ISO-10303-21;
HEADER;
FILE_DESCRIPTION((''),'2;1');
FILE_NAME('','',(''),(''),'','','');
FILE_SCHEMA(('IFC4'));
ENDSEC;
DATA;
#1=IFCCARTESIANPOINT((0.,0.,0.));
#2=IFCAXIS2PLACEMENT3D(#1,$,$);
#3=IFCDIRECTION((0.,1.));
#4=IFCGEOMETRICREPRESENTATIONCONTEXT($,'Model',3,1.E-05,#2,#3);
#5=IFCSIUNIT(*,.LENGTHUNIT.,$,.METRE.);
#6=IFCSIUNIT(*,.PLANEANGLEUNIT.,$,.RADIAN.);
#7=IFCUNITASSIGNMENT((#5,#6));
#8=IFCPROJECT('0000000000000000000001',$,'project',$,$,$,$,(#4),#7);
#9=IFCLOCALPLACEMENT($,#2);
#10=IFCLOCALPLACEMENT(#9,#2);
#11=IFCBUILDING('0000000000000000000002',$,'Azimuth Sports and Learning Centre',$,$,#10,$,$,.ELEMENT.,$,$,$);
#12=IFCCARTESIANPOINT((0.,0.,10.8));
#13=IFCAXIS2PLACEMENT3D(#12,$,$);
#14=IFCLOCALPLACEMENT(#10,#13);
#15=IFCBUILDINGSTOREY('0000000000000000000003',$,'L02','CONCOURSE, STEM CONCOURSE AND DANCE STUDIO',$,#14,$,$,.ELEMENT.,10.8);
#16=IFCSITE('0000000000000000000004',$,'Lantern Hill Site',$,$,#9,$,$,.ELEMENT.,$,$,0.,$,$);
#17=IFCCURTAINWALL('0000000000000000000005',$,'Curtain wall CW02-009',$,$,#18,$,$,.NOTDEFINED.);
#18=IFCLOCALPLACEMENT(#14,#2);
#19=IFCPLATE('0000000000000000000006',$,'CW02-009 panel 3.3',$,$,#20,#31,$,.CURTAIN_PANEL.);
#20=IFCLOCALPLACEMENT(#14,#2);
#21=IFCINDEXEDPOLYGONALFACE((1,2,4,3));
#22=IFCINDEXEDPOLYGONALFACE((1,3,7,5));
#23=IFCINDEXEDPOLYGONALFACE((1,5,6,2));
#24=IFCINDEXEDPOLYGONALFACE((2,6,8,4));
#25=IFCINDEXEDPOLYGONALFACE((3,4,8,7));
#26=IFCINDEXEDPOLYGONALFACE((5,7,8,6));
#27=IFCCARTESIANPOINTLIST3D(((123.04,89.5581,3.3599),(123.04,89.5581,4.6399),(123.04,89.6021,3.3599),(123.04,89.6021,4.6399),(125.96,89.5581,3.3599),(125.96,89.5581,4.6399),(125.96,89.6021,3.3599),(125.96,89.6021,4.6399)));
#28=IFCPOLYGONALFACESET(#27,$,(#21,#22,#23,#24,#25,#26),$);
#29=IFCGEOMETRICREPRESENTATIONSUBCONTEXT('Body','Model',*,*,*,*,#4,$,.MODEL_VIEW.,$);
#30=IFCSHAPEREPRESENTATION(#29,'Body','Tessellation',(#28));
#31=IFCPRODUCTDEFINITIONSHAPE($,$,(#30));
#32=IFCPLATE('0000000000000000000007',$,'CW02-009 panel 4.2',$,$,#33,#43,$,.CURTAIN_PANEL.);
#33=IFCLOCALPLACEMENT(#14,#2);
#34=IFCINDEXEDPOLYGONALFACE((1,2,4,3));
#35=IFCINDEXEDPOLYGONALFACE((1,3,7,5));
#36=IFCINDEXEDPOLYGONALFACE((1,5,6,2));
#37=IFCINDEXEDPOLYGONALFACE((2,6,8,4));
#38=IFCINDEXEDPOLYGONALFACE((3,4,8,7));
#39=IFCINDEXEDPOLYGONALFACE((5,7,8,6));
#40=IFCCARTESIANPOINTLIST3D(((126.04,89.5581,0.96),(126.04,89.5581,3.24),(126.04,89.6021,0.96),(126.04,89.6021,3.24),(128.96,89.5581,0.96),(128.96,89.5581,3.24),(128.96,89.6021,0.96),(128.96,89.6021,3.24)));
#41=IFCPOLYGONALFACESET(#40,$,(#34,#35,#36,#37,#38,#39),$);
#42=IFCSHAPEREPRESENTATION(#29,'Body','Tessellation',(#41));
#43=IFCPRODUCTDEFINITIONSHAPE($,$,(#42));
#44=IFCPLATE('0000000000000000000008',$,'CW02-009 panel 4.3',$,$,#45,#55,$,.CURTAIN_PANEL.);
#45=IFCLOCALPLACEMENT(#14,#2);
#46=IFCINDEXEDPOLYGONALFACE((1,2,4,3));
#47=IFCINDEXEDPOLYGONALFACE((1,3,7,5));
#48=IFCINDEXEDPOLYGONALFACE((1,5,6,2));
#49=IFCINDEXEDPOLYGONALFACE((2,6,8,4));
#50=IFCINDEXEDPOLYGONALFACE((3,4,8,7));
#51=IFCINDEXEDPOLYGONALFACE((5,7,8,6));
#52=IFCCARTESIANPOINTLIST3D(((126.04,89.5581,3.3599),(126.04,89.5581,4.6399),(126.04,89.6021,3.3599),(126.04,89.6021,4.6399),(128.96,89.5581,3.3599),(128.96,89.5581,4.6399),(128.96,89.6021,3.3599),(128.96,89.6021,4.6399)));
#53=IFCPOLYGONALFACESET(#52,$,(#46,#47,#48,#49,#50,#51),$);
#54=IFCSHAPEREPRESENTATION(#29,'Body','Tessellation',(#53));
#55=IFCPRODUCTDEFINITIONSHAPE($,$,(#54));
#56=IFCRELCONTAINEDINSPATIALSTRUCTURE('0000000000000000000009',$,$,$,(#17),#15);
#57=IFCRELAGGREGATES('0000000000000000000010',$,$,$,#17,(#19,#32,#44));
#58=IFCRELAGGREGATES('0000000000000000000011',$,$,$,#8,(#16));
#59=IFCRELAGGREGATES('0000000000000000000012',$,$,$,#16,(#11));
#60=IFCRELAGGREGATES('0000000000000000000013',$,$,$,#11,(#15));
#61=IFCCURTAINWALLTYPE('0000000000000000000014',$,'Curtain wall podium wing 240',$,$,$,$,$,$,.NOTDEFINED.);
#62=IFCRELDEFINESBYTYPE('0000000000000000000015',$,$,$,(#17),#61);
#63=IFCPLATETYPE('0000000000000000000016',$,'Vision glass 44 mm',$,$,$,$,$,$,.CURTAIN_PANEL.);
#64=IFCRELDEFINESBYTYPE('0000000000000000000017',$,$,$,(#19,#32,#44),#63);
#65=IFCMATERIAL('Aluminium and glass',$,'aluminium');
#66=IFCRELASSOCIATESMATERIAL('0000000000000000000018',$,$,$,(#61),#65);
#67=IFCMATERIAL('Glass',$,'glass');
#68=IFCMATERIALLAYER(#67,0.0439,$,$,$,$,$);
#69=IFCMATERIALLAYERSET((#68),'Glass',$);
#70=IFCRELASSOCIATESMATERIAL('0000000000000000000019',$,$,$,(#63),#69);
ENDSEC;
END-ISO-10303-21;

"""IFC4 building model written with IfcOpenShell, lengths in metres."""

from ifc_helpers import new_model, si_unit, direction, frame, origin, origin_2d, place, context, subcontext, project, spatial, rectangle, extrude, material, layer, layer_set, type_object, element, aggregate, save


model = new_model("IFC4")

# Units and contexts
model_context = context("Model", 3, precision=1e-05, world=origin(), true_north=direction((0.0, 1.0)))
body_context = subcontext(model_context, "Body", "Model", "MODEL_VIEW")
ifc_project = project(units=[si_unit("LENGTHUNIT", "METRE"), si_unit("PLANEANGLEUNIT", "RADIAN")], contexts=[model_context])

# Site, building, storey
site_placement = place(None, origin())
site = spatial("IfcSite", under=ifc_project, at=site_placement, Name="Lantern Hill Site", CompositionType="ELEMENT", RefElevation=0.0)
building_placement = place(site_placement, origin())
building = spatial("IfcBuilding", under=site, at=building_placement, Name="Azimuth Sports and Learning Centre", CompositionType="ELEMENT")
storey_placement = place(building_placement, frame((0.0, 0.0, 10.8)))
storey = spatial("IfcBuildingStorey", under=building, at=storey_placement, Name="L02", Description="CONCOURSE, STEM CONCOURSE AND DANCE STUDIO", CompositionType="ELEMENT", Elevation=10.8)

# Curtain wall, plates
ifc_material_1 = material(Name="Aluminium and glass", Category="aluminium")
curtain_wall_type = type_object("IfcCurtainWallType", Name="Curtain wall podium wing 240", PredefinedType="NOTDEFINED", material=ifc_material_1)
curtain_wall_placement = place(storey_placement, origin())
curtain_wall = element("IfcCurtainWall", 1, at=curtain_wall_placement, inside=storey, type_object=curtain_wall_type, Name="Curtain wall CW02-009", PredefinedType="NOTDEFINED")
ifc_material_2 = material(Name="Glass", Category="glass")
ifc_layer_1 = layer(ifc_material_2, 0.0439)
ifc_layer_set_1 = layer_set([ifc_layer_1], Name="Glass")
plate_type_1 = type_object("IfcPlateType", Name="Vision glass 44 mm", PredefinedType="CURTAIN_PANEL", material=ifc_layer_set_1)
plate_1_placement = place(storey_placement, frame((124.5, 89.5801, 3.3599), z_axis=(0.0, 0.0, 1.0), x_axis=(1.0, 0.0, 0.0)))
plate_1 = element("IfcPlate", 2, at=plate_1_placement, type_object=plate_type_1, Name="CW02-009 panel 3.3", PredefinedType="CURTAIN_PANEL", context=body_context, shape_type="SweptSolid", body=[
    extrude(rectangle(XDim=2.9199, YDim=0.0439, at=origin_2d()), origin(), (0.0, 0.0, 1.0), 1.28),
])
plate_2_placement = place(storey_placement, frame((127.5, 89.5801, 0.96), z_axis=(0.0, 0.0, 1.0), x_axis=(1.0, 0.0, 0.0)))
plate_2 = element("IfcPlate", 3, at=plate_2_placement, type_object=plate_type_1, Name="CW02-009 panel 4.2", PredefinedType="CURTAIN_PANEL", context=body_context, shape_type="SweptSolid", body=[
    extrude(rectangle(XDim=2.9199, YDim=0.0439, at=origin_2d()), origin(), (0.0, 0.0, 1.0), 2.28),
])
plate_3_placement = place(storey_placement, frame((127.5, 89.5801, 3.3599), z_axis=(0.0, 0.0, 1.0), x_axis=(1.0, 0.0, 0.0)))
plate_3 = element("IfcPlate", 4, at=plate_3_placement, type_object=plate_type_1, Name="CW02-009 panel 4.3", PredefinedType="CURTAIN_PANEL", context=body_context, shape_type="SweptSolid", body=[
    extrude(rectangle(XDim=2.9199, YDim=0.0439, at=origin_2d()), origin(), (0.0, 0.0, 1.0), 1.28),
])
aggregate(curtain_wall, [plate_1, plate_2, plate_3])

save(model, "model.ifc")
